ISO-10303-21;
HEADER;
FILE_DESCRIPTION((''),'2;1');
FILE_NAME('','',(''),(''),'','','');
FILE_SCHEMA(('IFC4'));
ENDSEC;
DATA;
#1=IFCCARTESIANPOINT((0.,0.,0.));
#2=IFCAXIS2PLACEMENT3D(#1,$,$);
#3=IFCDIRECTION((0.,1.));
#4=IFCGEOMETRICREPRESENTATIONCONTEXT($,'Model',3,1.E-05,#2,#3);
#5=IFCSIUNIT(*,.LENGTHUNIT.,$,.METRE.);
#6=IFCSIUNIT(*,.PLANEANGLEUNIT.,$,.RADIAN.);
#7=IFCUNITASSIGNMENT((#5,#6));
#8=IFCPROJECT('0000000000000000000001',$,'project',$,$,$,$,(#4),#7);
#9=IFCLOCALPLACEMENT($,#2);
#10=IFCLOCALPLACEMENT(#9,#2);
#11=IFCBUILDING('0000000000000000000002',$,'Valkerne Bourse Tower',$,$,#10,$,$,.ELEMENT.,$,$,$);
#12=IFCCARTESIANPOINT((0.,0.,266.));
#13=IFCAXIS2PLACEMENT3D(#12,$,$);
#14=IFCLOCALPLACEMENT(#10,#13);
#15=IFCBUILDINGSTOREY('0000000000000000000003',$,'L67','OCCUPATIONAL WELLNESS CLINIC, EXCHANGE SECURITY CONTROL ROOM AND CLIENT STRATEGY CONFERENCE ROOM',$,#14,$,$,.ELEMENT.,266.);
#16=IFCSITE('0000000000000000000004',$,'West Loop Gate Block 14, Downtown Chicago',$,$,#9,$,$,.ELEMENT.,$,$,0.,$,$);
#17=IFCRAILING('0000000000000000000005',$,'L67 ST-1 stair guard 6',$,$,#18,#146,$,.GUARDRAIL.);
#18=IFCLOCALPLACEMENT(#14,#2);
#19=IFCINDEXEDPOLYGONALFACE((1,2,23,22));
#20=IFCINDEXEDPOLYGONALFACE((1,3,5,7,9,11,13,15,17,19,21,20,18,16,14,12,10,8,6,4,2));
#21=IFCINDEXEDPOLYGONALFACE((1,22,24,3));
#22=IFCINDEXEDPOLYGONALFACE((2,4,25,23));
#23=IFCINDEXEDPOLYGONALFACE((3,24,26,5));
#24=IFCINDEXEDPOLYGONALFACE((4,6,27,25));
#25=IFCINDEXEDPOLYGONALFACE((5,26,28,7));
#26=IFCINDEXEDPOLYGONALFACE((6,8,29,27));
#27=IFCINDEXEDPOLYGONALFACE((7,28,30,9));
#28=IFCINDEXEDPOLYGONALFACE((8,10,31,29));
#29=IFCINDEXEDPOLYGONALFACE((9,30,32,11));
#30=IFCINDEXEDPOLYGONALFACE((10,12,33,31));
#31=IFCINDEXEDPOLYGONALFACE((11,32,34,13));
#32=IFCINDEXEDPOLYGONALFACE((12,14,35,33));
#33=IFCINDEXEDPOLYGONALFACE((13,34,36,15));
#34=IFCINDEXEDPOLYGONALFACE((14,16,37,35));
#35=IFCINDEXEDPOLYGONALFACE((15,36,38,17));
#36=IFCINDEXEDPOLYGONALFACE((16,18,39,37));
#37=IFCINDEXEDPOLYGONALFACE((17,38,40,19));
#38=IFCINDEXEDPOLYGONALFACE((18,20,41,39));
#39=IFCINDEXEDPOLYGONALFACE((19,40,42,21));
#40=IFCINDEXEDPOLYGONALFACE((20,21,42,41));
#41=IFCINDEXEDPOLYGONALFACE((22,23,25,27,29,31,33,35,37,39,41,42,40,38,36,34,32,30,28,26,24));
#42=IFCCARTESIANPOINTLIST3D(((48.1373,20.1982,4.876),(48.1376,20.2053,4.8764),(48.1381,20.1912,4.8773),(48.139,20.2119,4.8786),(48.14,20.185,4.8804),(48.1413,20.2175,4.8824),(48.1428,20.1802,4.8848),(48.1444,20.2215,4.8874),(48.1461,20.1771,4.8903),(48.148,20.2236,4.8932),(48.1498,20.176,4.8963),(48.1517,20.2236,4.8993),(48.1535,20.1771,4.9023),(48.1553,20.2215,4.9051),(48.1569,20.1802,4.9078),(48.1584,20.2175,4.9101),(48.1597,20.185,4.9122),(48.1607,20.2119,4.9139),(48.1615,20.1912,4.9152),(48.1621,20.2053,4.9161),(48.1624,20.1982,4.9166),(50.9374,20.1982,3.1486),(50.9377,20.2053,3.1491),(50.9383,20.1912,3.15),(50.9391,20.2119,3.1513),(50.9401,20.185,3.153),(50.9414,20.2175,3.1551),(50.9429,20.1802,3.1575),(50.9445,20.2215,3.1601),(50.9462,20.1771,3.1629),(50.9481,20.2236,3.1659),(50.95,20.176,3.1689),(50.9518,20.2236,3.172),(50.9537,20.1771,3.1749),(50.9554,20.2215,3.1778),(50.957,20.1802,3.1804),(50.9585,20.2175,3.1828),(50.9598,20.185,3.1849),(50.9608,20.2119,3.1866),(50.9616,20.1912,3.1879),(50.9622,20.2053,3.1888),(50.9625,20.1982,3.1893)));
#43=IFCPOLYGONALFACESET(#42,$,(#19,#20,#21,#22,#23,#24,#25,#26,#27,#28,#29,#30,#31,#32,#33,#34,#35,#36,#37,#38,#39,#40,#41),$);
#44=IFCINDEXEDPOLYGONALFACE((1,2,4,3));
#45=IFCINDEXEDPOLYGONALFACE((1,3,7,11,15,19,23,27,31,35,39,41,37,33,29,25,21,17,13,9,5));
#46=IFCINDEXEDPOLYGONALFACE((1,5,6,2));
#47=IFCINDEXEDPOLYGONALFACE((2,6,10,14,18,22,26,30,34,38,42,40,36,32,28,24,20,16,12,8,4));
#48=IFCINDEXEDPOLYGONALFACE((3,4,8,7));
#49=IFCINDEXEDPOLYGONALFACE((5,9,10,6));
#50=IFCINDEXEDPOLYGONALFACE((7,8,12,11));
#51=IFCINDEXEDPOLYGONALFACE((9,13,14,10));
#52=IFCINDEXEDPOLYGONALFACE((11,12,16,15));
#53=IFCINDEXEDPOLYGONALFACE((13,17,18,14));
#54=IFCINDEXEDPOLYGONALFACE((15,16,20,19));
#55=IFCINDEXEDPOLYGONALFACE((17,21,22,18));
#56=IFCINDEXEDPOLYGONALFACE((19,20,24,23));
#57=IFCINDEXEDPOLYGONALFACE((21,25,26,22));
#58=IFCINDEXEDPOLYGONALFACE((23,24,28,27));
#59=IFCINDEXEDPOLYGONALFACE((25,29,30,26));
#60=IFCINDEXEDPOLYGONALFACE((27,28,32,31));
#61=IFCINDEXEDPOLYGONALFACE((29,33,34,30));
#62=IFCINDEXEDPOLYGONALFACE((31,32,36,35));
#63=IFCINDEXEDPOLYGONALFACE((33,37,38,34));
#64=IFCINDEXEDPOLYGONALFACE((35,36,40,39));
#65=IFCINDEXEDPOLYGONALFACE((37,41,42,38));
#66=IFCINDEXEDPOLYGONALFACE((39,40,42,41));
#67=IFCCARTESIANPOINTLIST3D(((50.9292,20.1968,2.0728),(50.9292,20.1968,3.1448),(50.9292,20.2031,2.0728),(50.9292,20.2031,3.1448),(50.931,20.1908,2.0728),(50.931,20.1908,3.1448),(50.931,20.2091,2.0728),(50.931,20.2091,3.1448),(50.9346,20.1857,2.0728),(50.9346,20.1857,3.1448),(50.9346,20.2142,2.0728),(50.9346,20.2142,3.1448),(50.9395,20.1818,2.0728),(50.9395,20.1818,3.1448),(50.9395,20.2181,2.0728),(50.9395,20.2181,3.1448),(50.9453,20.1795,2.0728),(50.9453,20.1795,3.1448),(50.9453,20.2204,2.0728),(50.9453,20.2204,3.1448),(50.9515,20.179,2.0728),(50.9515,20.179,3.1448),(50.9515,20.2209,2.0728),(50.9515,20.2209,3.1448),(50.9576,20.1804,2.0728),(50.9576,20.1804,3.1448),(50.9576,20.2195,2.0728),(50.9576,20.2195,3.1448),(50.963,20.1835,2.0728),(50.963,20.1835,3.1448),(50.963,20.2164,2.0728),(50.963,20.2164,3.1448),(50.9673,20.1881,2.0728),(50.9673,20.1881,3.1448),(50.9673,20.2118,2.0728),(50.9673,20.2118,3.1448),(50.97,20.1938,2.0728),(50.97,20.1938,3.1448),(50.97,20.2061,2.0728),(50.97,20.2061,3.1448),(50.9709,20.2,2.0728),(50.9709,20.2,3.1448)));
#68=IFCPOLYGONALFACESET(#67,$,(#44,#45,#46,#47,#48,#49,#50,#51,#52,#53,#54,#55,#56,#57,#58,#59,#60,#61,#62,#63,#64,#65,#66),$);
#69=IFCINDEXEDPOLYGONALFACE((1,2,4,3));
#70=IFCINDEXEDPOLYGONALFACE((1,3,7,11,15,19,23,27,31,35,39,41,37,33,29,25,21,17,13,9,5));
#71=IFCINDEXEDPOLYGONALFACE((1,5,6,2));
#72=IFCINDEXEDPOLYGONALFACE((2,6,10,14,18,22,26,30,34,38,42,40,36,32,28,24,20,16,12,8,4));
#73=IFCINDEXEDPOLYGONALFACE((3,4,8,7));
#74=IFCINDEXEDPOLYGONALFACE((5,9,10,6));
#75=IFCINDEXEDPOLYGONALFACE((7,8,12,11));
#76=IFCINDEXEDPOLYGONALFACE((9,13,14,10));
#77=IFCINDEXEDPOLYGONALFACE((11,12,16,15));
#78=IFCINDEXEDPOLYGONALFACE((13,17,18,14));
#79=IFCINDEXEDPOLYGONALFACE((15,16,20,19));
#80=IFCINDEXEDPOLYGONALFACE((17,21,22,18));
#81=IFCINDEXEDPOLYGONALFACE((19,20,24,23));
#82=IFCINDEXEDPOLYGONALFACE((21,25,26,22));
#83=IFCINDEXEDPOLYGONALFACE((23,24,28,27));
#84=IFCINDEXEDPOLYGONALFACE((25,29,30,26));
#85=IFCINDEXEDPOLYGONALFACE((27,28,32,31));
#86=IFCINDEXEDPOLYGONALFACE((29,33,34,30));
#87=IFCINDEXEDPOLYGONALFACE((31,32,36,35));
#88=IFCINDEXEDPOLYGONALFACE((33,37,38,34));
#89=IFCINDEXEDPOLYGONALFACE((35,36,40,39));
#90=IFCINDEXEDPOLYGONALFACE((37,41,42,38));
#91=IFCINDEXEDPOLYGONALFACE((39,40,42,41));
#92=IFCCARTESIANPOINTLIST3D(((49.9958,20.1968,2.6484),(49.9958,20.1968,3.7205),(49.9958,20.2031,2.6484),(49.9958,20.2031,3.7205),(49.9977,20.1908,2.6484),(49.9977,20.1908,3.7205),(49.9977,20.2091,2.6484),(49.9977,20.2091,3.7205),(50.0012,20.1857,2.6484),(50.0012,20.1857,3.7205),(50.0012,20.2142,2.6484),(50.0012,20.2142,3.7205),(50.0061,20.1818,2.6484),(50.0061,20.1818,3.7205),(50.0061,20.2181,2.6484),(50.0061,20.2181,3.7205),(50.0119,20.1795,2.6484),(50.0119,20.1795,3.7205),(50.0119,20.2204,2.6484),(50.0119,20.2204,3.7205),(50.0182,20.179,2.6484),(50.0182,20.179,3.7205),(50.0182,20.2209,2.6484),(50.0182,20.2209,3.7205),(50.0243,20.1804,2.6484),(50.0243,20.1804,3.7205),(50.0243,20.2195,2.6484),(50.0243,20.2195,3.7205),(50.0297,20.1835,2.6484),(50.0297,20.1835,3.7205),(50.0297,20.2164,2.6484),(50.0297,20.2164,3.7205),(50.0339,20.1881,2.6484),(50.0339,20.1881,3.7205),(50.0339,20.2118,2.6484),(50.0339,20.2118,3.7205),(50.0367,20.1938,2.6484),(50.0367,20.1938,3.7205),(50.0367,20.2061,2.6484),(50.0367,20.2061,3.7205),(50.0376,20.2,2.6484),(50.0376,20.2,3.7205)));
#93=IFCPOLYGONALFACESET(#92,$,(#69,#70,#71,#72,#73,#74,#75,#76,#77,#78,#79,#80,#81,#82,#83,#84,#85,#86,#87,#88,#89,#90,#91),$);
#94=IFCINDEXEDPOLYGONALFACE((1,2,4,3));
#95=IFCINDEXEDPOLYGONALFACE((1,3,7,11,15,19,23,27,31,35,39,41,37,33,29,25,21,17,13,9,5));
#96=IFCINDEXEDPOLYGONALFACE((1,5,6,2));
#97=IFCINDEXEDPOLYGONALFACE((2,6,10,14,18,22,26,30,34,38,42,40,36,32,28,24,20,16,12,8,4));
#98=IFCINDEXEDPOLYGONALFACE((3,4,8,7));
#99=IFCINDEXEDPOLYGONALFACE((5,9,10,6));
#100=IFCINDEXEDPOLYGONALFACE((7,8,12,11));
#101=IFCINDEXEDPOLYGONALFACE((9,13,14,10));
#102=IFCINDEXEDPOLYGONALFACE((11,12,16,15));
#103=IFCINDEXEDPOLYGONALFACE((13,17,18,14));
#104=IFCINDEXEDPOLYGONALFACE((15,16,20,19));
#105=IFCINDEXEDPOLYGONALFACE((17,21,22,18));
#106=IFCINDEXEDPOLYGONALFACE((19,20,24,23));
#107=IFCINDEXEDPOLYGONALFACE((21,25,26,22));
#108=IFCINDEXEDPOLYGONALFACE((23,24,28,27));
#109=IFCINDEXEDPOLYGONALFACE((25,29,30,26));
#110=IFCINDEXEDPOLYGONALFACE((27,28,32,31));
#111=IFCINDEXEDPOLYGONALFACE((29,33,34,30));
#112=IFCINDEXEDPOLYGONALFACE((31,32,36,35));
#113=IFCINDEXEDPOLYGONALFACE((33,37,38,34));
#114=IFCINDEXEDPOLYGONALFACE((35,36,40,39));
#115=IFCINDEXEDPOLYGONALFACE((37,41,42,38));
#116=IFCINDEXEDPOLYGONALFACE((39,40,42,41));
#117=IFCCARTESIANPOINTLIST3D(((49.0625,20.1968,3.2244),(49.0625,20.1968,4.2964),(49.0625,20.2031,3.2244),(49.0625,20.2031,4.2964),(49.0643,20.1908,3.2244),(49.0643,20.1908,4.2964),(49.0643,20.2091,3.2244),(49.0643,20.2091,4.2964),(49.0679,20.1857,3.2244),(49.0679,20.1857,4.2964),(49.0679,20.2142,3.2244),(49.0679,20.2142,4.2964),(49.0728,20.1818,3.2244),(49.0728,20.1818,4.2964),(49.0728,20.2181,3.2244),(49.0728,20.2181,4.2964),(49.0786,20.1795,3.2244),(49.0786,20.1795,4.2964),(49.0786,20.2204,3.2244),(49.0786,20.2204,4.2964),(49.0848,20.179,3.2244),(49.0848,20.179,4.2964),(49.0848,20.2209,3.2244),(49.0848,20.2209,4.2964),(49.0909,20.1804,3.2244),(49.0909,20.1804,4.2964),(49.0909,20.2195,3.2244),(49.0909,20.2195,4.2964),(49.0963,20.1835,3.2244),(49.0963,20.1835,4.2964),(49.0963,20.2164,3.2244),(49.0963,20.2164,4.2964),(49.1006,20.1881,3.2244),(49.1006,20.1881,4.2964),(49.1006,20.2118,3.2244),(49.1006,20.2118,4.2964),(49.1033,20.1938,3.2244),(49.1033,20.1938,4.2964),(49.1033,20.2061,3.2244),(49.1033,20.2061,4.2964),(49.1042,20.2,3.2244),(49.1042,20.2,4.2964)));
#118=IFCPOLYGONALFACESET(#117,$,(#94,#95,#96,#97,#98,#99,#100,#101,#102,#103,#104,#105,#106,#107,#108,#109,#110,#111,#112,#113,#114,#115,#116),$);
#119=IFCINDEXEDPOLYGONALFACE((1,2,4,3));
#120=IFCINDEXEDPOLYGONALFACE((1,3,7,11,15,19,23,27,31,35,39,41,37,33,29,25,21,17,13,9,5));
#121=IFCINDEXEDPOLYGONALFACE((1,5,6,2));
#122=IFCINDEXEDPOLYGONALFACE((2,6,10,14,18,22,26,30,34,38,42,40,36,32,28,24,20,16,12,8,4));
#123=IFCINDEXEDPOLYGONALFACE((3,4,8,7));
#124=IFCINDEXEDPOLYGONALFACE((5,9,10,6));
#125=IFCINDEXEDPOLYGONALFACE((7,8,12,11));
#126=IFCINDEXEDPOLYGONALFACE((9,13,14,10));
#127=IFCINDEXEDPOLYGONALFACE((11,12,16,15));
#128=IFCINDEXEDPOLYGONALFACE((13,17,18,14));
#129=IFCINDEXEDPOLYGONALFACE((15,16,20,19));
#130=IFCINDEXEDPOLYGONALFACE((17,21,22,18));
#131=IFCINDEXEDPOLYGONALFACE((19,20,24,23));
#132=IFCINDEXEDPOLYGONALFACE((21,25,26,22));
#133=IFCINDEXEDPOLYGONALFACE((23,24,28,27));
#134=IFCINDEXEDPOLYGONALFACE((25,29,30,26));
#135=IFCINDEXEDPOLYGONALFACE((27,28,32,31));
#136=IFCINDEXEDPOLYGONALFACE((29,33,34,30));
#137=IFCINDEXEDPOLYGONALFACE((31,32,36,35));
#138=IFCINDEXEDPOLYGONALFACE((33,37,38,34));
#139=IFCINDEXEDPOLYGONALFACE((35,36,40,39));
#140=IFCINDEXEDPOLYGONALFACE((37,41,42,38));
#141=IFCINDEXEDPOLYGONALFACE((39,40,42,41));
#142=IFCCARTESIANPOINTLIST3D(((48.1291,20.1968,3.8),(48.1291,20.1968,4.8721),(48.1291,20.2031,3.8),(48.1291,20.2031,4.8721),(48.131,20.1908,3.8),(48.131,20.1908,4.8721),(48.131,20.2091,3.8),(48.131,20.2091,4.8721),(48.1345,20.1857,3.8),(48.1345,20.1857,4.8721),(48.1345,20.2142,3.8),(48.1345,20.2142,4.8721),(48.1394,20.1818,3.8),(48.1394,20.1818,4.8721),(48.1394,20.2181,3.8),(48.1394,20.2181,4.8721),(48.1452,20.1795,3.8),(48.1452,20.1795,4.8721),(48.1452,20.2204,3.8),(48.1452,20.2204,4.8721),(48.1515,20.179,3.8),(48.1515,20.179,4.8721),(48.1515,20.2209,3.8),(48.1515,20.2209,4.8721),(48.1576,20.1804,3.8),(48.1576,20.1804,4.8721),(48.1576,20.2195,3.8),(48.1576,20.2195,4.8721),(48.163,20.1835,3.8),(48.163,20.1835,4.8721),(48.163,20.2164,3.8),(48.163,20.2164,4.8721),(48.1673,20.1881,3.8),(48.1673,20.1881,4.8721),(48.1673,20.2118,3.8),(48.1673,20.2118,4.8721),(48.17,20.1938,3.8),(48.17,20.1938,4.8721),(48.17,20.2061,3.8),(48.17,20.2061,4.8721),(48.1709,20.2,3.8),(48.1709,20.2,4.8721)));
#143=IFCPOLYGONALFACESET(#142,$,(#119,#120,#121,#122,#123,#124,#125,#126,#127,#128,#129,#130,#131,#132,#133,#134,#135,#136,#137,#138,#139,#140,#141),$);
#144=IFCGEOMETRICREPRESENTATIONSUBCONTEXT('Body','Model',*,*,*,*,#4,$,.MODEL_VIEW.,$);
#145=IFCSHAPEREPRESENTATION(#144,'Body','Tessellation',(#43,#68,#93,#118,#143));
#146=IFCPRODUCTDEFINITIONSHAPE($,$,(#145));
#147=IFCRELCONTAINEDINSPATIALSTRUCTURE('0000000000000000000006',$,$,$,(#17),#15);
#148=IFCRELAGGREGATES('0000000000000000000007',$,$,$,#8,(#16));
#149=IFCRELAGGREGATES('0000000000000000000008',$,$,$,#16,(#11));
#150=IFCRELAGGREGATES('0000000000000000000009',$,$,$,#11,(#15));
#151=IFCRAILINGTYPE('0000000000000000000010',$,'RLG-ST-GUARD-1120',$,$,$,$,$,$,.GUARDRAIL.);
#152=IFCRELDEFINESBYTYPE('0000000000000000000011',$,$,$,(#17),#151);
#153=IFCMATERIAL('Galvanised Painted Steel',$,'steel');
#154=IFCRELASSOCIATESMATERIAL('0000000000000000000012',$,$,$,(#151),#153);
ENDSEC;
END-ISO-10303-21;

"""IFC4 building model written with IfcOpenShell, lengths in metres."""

from ifc_helpers import new_model, si_unit, direction, frame, origin, origin_2d, place, context, subcontext, project, spatial, circle, extrude, material, type_object, element, save


model = new_model("IFC4")

# Units and contexts
model_context = context("Model", 3, precision=1e-05, world=origin(), true_north=direction((0.0, 1.0)))
body_context = subcontext(model_context, "Body", "Model", "MODEL_VIEW")
ifc_project = project(units=[si_unit("LENGTHUNIT", "METRE"), si_unit("PLANEANGLEUNIT", "RADIAN")], contexts=[model_context])

# Site, building, storey
site_placement = place(None, origin())
site = spatial("IfcSite", under=ifc_project, at=site_placement, Name="West Loop Gate Block 14, Downtown Chicago", CompositionType="ELEMENT", RefElevation=0.0)
building_placement = place(site_placement, origin())
building = spatial("IfcBuilding", under=site, at=building_placement, Name="Valkerne Bourse Tower", CompositionType="ELEMENT")
storey_placement = place(building_placement, frame((0.0, 0.0, 266.0)))
storey = spatial("IfcBuildingStorey", under=building, at=storey_placement, Name="L67", Description="OCCUPATIONAL WELLNESS CLINIC, EXCHANGE SECURITY CONTROL ROOM AND CLIENT STRATEGY CONFERENCE ROOM", CompositionType="ELEMENT", Elevation=266.0)

# Shared definitions
ifc_material_1 = material(Name="Galvanised Painted Steel", Category="steel")

# Railing
railing_type_1 = type_object("IfcRailingType", Name="RLG-ST-GUARD-1120", PredefinedType="GUARDRAIL", material=ifc_material_1)
railing_1_placement = place(storey_placement, frame((50.95, 20.2, 2.0728)))
element("IfcRailing", 1, at=railing_1_placement, inside=storey, type_object=railing_type_1, Name="L67 ST-1 stair guard 6", PredefinedType="GUARDRAIL", context=body_context, shape_type="SweptSolid", body=[
    extrude(circle(Radius=0.0239, at=origin_2d()), frame((0.0, 0.0, 1.0962), z_axis=(-0.85109, 0.0, 0.52502), x_axis=(0.0, -1.0, 0.0)), (0.0, 0.0, 1.0), 3.29),
    extrude(circle(Radius=0.021, at=origin_2d()), origin(), (0.0, 0.0, 1.0), 1.072),
    extrude(circle(Radius=0.021, at=origin_2d()), frame((-0.9333, 0.0, 0.5757)), (0.0, 0.0, 1.0), 1.072),
    extrude(circle(Radius=0.021, at=origin_2d()), frame((-1.8667, 0.0, 1.1516)), (0.0, 0.0, 1.0), 1.072),
    extrude(circle(Radius=0.021, at=origin_2d()), frame((-2.8, 0.0, 1.7273)), (0.0, 0.0, 1.0), 1.072),
])

save(model, "model.ifc")
